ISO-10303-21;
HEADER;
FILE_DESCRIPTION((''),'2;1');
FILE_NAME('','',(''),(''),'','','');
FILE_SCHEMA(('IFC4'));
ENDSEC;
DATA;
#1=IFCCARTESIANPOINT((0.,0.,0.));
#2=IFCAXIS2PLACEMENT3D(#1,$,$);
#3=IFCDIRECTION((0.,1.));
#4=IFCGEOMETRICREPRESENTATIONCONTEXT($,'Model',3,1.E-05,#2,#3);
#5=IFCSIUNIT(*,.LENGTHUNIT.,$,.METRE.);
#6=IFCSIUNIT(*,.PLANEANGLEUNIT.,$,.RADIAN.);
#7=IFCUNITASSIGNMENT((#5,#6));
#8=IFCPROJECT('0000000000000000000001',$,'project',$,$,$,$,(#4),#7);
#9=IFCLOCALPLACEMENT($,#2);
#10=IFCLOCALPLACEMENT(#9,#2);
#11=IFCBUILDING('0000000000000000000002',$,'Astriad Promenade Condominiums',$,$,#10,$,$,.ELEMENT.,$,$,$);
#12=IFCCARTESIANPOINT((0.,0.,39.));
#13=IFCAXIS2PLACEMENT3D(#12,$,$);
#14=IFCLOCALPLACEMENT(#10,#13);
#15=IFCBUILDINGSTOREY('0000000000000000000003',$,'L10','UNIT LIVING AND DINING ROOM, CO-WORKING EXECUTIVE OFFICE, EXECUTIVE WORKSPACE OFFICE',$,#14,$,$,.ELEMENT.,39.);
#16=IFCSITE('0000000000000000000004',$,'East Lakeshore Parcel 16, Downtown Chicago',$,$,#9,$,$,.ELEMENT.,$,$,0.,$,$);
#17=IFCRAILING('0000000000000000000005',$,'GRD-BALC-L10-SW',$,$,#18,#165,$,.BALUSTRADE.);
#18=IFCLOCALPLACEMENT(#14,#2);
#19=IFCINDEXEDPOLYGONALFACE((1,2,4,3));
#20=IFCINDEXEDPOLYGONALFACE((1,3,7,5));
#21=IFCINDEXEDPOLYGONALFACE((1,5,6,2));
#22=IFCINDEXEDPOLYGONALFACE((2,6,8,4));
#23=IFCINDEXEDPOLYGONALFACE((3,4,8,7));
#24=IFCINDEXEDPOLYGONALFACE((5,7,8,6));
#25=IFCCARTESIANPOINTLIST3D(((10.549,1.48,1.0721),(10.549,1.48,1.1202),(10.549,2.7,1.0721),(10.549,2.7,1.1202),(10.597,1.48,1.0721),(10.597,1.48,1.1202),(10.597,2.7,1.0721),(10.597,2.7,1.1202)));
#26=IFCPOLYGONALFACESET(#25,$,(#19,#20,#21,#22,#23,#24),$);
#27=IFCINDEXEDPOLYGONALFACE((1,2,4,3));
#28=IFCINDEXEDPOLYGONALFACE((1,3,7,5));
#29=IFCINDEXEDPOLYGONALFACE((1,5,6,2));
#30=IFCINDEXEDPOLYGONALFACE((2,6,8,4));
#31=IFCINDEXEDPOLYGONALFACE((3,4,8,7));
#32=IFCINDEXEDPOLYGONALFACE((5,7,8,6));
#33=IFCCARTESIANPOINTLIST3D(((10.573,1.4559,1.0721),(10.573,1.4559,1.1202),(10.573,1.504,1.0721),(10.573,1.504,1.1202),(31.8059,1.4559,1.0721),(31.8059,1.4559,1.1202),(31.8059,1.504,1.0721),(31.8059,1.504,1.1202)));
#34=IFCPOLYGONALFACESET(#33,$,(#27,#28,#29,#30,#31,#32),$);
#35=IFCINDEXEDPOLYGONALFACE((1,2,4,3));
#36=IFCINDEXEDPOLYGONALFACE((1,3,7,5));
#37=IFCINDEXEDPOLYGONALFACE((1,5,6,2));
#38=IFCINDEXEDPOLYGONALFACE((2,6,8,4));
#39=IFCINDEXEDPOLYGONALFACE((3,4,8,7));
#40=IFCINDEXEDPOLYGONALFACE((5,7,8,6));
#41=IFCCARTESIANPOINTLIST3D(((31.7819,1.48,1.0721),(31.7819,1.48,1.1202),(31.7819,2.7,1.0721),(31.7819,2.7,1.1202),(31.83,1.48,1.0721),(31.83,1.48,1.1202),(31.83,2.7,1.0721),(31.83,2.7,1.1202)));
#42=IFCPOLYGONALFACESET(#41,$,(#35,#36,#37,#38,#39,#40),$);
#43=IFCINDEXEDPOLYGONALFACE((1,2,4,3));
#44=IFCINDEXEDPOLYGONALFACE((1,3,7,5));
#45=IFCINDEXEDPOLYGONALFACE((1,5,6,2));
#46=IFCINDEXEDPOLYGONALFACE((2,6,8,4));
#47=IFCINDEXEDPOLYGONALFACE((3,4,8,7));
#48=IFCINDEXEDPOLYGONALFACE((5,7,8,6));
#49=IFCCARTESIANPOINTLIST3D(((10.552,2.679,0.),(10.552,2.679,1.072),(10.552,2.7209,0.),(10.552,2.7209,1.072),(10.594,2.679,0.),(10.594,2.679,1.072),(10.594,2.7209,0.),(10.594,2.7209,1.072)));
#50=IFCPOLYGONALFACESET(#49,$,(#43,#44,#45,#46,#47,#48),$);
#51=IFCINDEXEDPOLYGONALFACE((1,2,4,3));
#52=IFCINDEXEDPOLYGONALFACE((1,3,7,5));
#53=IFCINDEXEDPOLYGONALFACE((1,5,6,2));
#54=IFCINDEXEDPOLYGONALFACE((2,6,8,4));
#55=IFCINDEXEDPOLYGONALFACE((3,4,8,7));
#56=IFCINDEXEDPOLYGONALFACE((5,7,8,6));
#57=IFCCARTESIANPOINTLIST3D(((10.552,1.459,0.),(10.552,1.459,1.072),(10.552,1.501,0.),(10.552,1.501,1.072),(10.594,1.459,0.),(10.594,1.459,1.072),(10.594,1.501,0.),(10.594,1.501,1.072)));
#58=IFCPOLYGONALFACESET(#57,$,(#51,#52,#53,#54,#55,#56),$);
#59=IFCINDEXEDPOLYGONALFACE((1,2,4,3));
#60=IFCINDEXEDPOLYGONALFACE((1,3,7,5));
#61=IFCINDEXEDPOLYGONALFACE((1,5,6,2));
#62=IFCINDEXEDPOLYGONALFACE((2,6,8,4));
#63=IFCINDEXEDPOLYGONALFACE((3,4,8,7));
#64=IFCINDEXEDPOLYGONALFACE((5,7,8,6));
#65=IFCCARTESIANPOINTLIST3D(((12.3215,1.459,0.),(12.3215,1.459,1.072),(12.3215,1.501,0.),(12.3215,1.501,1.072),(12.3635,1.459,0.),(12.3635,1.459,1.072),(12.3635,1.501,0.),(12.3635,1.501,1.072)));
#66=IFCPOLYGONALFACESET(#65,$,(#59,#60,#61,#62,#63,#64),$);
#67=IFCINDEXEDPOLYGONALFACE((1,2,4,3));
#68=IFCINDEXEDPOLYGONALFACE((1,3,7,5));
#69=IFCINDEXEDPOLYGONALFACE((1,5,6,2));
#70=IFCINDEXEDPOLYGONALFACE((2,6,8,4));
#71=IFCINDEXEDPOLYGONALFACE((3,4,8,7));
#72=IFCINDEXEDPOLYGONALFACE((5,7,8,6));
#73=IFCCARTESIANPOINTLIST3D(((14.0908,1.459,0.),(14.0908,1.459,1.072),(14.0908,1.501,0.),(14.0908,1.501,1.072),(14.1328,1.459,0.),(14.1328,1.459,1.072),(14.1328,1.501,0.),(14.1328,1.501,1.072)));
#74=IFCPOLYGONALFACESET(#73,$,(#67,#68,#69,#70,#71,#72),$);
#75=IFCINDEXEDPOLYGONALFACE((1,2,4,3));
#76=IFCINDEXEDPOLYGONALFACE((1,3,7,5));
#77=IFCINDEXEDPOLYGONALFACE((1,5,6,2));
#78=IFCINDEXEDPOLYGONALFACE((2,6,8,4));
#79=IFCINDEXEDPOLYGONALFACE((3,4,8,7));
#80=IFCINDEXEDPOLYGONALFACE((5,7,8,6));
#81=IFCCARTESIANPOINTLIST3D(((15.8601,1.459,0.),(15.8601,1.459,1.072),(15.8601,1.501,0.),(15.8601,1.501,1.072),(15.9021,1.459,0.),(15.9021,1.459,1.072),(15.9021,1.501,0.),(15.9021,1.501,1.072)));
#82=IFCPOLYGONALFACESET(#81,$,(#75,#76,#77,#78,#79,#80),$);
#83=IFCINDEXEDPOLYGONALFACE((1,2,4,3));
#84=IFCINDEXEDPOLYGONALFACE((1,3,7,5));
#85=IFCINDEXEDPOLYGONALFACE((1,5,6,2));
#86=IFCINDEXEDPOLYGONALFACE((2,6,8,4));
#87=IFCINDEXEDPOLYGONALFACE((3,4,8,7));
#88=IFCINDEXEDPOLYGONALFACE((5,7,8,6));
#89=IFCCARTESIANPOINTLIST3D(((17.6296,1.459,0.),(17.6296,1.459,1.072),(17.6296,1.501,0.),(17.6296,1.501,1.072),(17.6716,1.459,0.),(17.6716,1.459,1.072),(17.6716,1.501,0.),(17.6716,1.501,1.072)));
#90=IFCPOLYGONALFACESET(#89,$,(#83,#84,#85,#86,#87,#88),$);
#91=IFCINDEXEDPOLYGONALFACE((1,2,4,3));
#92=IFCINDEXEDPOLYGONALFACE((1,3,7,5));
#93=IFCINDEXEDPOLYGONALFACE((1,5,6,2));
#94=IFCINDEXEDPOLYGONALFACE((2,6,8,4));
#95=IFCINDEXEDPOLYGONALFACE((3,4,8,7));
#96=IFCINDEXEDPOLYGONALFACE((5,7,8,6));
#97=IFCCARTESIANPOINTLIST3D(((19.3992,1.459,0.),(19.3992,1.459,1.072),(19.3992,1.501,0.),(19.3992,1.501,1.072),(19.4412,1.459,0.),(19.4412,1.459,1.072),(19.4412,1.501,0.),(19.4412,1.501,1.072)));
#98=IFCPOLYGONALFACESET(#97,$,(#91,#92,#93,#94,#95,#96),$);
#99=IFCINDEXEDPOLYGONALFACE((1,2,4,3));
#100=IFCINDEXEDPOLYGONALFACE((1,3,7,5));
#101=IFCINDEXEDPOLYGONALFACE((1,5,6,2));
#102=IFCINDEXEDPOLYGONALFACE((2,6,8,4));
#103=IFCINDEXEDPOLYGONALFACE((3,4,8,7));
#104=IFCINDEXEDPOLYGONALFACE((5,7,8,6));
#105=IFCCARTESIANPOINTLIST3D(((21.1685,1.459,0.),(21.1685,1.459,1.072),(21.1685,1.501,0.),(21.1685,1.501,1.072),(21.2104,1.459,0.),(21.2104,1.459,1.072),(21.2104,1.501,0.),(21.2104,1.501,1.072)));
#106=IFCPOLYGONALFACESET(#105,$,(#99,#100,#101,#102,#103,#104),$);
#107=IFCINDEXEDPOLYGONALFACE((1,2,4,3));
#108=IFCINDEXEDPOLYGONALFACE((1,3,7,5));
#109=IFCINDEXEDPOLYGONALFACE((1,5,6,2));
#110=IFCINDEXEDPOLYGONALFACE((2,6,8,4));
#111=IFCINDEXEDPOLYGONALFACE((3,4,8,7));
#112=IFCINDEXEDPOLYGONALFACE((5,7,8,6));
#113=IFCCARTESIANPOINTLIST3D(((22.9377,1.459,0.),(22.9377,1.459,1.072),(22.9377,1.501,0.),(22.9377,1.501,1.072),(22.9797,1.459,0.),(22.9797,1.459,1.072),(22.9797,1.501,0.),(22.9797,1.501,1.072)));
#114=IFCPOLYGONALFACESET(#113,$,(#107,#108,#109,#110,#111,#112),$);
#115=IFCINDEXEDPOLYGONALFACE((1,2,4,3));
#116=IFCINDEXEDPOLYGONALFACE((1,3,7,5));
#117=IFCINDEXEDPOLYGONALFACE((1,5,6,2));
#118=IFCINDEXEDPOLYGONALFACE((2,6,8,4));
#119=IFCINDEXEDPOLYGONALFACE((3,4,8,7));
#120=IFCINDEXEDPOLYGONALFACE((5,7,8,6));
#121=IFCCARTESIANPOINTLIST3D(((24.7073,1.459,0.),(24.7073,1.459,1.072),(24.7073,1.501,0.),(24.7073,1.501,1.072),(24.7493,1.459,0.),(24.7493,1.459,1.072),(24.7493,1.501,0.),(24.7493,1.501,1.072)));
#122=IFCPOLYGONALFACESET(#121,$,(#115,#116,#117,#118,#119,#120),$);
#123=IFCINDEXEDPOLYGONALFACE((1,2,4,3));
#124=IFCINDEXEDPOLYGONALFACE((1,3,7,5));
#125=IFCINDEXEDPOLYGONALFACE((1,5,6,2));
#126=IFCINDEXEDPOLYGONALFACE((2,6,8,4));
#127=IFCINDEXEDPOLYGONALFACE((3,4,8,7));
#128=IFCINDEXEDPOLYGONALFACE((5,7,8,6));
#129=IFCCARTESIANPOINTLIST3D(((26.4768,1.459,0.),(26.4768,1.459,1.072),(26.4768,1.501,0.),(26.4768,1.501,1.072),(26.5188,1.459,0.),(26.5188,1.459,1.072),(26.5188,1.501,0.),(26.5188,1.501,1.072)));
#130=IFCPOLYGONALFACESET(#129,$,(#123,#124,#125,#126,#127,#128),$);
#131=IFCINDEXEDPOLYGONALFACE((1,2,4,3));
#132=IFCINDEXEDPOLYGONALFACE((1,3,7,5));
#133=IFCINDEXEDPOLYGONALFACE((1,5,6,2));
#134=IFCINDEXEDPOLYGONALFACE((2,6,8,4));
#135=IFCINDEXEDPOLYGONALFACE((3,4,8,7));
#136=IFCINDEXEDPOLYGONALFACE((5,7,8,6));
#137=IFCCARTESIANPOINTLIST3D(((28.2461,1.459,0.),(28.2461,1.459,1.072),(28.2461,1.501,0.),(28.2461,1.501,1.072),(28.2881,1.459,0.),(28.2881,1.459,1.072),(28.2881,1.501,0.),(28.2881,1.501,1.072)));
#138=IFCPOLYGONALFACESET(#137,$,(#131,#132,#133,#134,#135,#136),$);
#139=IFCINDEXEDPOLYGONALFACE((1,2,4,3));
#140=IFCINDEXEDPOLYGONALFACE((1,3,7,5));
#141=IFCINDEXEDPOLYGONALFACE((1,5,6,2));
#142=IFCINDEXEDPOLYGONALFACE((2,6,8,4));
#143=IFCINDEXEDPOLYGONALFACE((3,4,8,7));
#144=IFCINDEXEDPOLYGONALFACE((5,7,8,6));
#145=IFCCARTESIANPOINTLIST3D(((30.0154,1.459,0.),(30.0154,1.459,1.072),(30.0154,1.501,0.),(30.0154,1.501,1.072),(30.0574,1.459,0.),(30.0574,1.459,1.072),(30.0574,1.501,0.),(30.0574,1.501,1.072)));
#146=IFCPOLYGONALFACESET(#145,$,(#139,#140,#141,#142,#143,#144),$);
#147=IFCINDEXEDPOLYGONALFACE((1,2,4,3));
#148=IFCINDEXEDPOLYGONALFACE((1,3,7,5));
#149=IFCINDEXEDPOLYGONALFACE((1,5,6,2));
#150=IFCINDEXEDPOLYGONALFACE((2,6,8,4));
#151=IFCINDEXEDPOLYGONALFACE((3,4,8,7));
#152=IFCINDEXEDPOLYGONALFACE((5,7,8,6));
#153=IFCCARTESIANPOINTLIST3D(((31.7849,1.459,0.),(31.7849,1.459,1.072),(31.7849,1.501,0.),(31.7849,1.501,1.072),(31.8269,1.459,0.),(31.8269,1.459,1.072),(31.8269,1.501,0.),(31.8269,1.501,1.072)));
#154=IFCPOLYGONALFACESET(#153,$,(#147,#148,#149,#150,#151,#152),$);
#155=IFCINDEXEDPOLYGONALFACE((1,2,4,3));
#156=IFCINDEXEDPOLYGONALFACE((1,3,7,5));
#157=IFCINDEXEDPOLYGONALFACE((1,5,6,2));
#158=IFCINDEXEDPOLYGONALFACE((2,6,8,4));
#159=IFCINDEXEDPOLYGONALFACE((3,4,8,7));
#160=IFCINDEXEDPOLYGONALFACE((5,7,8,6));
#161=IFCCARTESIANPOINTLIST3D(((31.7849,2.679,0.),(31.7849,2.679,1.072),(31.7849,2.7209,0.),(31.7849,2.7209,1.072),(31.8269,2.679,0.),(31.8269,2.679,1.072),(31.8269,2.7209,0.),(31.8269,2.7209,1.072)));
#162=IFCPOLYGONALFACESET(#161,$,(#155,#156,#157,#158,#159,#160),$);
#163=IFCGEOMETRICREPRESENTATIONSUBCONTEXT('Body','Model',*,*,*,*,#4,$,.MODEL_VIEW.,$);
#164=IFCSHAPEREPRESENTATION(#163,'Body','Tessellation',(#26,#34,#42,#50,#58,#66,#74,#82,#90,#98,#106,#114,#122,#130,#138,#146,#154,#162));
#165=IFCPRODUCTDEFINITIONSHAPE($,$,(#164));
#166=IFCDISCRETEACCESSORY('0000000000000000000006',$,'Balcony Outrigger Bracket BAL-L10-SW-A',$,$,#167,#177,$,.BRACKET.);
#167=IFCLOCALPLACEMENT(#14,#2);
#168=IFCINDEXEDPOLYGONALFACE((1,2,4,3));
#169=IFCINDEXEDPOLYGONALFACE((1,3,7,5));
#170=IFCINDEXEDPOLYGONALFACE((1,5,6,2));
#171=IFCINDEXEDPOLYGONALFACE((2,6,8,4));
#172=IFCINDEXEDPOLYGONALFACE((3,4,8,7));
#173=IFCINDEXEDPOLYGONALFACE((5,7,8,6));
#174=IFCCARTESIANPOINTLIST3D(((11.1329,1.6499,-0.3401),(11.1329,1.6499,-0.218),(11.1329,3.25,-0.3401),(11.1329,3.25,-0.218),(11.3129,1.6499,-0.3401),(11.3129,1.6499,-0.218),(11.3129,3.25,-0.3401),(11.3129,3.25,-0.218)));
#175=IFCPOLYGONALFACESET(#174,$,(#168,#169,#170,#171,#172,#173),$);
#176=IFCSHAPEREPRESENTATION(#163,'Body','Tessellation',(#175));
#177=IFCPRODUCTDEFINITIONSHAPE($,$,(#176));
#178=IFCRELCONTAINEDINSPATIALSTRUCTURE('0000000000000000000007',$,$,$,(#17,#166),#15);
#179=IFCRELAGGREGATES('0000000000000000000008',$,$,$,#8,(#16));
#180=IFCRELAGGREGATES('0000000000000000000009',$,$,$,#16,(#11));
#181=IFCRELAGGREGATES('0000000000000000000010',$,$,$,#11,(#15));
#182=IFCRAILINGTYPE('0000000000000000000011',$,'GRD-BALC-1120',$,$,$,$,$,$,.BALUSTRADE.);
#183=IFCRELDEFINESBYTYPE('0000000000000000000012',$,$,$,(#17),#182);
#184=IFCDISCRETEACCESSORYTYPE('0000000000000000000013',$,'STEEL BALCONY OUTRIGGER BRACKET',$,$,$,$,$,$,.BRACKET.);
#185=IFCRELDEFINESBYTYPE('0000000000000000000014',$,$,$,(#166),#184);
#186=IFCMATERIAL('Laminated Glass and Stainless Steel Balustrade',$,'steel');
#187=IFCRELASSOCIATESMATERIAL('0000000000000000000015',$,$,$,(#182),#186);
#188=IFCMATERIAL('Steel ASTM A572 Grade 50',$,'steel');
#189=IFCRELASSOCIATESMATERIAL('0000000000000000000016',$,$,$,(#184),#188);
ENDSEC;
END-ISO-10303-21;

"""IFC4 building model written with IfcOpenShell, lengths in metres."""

from ifc_helpers import new_model, si_unit, direction, frame, origin, origin_2d, place, context, subcontext, project, spatial, rectangle, extrude, source, transform, mapped, material, type_object, type_shapes, element, save


model = new_model("IFC4")

# Units and contexts
model_context = context("Model", 3, precision=1e-05, world=origin(), true_north=direction((0.0, 1.0)))
body_context = subcontext(model_context, "Body", "Model", "MODEL_VIEW")
ifc_project = project(units=[si_unit("LENGTHUNIT", "METRE"), si_unit("PLANEANGLEUNIT", "RADIAN")], contexts=[model_context])

# Site, building, storey
site_placement = place(None, origin())
site = spatial("IfcSite", under=ifc_project, at=site_placement, Name="East Lakeshore Parcel 16, Downtown Chicago", CompositionType="ELEMENT", RefElevation=0.0)
building_placement = place(site_placement, origin())
building = spatial("IfcBuilding", under=site, at=building_placement, Name="Astriad Promenade Condominiums", CompositionType="ELEMENT")
storey_placement = place(building_placement, frame((0.0, 0.0, 39.0)))
storey = spatial("IfcBuildingStorey", under=building, at=storey_placement, Name="L10", Description="UNIT LIVING AND DINING ROOM, CO-WORKING EXECUTIVE OFFICE, EXECUTIVE WORKSPACE OFFICE", CompositionType="ELEMENT", Elevation=39.0)

# Railing
ifc_material_1 = material(Name="Laminated Glass and Stainless Steel Balustrade", Category="steel")
railing_type = type_object("IfcRailingType", Name="GRD-BALC-1120", PredefinedType="BALUSTRADE", material=ifc_material_1)
shared_shape_1 = source(origin(), body_context, "Body", "SweptSolid", [
    extrude(rectangle(XDim=0.0481, YDim=0.0481, at=origin_2d()), frame((0.0, 0.0, 1.0962), z_axis=(0.0, -1.0, 0.0), x_axis=(1.0, 0.0, 0.0)), (0.0, 0.0, 1.0), 1.22),
    extrude(rectangle(XDim=0.0481, YDim=0.0481, at=origin_2d()), frame((0.0, -1.22, 1.0962), z_axis=(1.0, 0.0, 0.0), x_axis=(0.0, 1.0, 0.0)), (0.0, 0.0, 1.0), 21.2329),
    extrude(rectangle(XDim=0.0481, YDim=0.0481, at=origin_2d()), frame((21.2329, -1.22, 1.0962), z_axis=(0.0, 1.0, 0.0), x_axis=(-1.0, 0.0, 0.0)), (0.0, 0.0, 1.0), 1.22),
    extrude(rectangle(XDim=0.042, YDim=0.042, at=origin_2d()), origin(), (0.0, 0.0, 1.0), 1.072),
    extrude(rectangle(XDim=0.042, YDim=0.042, at=origin_2d()), frame((0.0, -1.22, 0.0)), (0.0, 0.0, 1.0), 1.072),
    extrude(rectangle(XDim=0.042, YDim=0.042, at=origin_2d()), frame((1.7695, -1.22, 0.0)), (0.0, 0.0, 1.0), 1.072),
    extrude(rectangle(XDim=0.042, YDim=0.042, at=origin_2d()), frame((3.5388, -1.22, 0.0)), (0.0, 0.0, 1.0), 1.072),
    extrude(rectangle(XDim=0.042, YDim=0.042, at=origin_2d()), frame((5.3081, -1.22, 0.0)), (0.0, 0.0, 1.0), 1.072),
    extrude(rectangle(XDim=0.042, YDim=0.042, at=origin_2d()), frame((7.0776, -1.22, 0.0)), (0.0, 0.0, 1.0), 1.072),
    extrude(rectangle(XDim=0.042, YDim=0.042, at=origin_2d()), frame((8.8472, -1.22, 0.0)), (0.0, 0.0, 1.0), 1.072),
    extrude(rectangle(XDim=0.042, YDim=0.042, at=origin_2d()), frame((10.6165, -1.22, 0.0)), (0.0, 0.0, 1.0), 1.072),
    extrude(rectangle(XDim=0.042, YDim=0.042, at=origin_2d()), frame((12.3857, -1.22, 0.0)), (0.0, 0.0, 1.0), 1.072),
    extrude(rectangle(XDim=0.042, YDim=0.042, at=origin_2d()), frame((14.1553, -1.22, 0.0)), (0.0, 0.0, 1.0), 1.072),
    extrude(rectangle(XDim=0.042, YDim=0.042, at=origin_2d()), frame((15.9248, -1.22, 0.0)), (0.0, 0.0, 1.0), 1.072),
    extrude(rectangle(XDim=0.042, YDim=0.042, at=origin_2d()), frame((17.6941, -1.22, 0.0)), (0.0, 0.0, 1.0), 1.072),
    extrude(rectangle(XDim=0.042, YDim=0.042, at=origin_2d()), frame((19.4634, -1.22, 0.0)), (0.0, 0.0, 1.0), 1.072),
    extrude(rectangle(XDim=0.042, YDim=0.042, at=origin_2d()), frame((21.2329, -1.22, 0.0)), (0.0, 0.0, 1.0), 1.072),
    extrude(rectangle(XDim=0.042, YDim=0.042, at=origin_2d()), frame((21.2329, 0.0, 0.0)), (0.0, 0.0, 1.0), 1.072),
])
type_shapes(railing_type, [shared_shape_1])
railing_placement = place(storey_placement, frame((10.573, 2.7, 0.0)))
element("IfcRailing", 1, at=railing_placement, inside=storey, type_object=railing_type, Name="GRD-BALC-L10-SW", PredefinedType="BALUSTRADE", context=body_context, shape_type="MappedRepresentation", body=[
    mapped(shared_shape_1, transform((0.0, 0.0, 0.0), scale=1.0)),
])

# Discrete accessory
ifc_material_2 = material(Name="Steel ASTM A572 Grade 50", Category="steel")
discrete_accessory_type = type_object("IfcDiscreteAccessoryType", Name="STEEL BALCONY OUTRIGGER BRACKET", PredefinedType="BRACKET", material=ifc_material_2)
shared_shape_2 = source(origin(), body_context, "Body", "SweptSolid", [
    extrude(rectangle(XDim=1.6001, YDim=0.1799, at=origin_2d()), origin(), (0.0, 0.0, 1.0), 0.1221),
])
type_shapes(discrete_accessory_type, [shared_shape_2])
discrete_accessory_placement = place(storey_placement, frame((11.2229, 2.45, -0.3401), z_axis=(0.0, 0.0, 1.0), x_axis=(0.0, -1.0, 0.0)))
element("IfcDiscreteAccessory", 2, at=discrete_accessory_placement, inside=storey, type_object=discrete_accessory_type, Name="Balcony Outrigger Bracket BAL-L10-SW-A", PredefinedType="BRACKET", context=body_context, shape_type="MappedRepresentation", body=[
    mapped(shared_shape_2, transform((0.0, 0.0, 0.0), scale=1.0)),
])

save(model, "model.ifc")
